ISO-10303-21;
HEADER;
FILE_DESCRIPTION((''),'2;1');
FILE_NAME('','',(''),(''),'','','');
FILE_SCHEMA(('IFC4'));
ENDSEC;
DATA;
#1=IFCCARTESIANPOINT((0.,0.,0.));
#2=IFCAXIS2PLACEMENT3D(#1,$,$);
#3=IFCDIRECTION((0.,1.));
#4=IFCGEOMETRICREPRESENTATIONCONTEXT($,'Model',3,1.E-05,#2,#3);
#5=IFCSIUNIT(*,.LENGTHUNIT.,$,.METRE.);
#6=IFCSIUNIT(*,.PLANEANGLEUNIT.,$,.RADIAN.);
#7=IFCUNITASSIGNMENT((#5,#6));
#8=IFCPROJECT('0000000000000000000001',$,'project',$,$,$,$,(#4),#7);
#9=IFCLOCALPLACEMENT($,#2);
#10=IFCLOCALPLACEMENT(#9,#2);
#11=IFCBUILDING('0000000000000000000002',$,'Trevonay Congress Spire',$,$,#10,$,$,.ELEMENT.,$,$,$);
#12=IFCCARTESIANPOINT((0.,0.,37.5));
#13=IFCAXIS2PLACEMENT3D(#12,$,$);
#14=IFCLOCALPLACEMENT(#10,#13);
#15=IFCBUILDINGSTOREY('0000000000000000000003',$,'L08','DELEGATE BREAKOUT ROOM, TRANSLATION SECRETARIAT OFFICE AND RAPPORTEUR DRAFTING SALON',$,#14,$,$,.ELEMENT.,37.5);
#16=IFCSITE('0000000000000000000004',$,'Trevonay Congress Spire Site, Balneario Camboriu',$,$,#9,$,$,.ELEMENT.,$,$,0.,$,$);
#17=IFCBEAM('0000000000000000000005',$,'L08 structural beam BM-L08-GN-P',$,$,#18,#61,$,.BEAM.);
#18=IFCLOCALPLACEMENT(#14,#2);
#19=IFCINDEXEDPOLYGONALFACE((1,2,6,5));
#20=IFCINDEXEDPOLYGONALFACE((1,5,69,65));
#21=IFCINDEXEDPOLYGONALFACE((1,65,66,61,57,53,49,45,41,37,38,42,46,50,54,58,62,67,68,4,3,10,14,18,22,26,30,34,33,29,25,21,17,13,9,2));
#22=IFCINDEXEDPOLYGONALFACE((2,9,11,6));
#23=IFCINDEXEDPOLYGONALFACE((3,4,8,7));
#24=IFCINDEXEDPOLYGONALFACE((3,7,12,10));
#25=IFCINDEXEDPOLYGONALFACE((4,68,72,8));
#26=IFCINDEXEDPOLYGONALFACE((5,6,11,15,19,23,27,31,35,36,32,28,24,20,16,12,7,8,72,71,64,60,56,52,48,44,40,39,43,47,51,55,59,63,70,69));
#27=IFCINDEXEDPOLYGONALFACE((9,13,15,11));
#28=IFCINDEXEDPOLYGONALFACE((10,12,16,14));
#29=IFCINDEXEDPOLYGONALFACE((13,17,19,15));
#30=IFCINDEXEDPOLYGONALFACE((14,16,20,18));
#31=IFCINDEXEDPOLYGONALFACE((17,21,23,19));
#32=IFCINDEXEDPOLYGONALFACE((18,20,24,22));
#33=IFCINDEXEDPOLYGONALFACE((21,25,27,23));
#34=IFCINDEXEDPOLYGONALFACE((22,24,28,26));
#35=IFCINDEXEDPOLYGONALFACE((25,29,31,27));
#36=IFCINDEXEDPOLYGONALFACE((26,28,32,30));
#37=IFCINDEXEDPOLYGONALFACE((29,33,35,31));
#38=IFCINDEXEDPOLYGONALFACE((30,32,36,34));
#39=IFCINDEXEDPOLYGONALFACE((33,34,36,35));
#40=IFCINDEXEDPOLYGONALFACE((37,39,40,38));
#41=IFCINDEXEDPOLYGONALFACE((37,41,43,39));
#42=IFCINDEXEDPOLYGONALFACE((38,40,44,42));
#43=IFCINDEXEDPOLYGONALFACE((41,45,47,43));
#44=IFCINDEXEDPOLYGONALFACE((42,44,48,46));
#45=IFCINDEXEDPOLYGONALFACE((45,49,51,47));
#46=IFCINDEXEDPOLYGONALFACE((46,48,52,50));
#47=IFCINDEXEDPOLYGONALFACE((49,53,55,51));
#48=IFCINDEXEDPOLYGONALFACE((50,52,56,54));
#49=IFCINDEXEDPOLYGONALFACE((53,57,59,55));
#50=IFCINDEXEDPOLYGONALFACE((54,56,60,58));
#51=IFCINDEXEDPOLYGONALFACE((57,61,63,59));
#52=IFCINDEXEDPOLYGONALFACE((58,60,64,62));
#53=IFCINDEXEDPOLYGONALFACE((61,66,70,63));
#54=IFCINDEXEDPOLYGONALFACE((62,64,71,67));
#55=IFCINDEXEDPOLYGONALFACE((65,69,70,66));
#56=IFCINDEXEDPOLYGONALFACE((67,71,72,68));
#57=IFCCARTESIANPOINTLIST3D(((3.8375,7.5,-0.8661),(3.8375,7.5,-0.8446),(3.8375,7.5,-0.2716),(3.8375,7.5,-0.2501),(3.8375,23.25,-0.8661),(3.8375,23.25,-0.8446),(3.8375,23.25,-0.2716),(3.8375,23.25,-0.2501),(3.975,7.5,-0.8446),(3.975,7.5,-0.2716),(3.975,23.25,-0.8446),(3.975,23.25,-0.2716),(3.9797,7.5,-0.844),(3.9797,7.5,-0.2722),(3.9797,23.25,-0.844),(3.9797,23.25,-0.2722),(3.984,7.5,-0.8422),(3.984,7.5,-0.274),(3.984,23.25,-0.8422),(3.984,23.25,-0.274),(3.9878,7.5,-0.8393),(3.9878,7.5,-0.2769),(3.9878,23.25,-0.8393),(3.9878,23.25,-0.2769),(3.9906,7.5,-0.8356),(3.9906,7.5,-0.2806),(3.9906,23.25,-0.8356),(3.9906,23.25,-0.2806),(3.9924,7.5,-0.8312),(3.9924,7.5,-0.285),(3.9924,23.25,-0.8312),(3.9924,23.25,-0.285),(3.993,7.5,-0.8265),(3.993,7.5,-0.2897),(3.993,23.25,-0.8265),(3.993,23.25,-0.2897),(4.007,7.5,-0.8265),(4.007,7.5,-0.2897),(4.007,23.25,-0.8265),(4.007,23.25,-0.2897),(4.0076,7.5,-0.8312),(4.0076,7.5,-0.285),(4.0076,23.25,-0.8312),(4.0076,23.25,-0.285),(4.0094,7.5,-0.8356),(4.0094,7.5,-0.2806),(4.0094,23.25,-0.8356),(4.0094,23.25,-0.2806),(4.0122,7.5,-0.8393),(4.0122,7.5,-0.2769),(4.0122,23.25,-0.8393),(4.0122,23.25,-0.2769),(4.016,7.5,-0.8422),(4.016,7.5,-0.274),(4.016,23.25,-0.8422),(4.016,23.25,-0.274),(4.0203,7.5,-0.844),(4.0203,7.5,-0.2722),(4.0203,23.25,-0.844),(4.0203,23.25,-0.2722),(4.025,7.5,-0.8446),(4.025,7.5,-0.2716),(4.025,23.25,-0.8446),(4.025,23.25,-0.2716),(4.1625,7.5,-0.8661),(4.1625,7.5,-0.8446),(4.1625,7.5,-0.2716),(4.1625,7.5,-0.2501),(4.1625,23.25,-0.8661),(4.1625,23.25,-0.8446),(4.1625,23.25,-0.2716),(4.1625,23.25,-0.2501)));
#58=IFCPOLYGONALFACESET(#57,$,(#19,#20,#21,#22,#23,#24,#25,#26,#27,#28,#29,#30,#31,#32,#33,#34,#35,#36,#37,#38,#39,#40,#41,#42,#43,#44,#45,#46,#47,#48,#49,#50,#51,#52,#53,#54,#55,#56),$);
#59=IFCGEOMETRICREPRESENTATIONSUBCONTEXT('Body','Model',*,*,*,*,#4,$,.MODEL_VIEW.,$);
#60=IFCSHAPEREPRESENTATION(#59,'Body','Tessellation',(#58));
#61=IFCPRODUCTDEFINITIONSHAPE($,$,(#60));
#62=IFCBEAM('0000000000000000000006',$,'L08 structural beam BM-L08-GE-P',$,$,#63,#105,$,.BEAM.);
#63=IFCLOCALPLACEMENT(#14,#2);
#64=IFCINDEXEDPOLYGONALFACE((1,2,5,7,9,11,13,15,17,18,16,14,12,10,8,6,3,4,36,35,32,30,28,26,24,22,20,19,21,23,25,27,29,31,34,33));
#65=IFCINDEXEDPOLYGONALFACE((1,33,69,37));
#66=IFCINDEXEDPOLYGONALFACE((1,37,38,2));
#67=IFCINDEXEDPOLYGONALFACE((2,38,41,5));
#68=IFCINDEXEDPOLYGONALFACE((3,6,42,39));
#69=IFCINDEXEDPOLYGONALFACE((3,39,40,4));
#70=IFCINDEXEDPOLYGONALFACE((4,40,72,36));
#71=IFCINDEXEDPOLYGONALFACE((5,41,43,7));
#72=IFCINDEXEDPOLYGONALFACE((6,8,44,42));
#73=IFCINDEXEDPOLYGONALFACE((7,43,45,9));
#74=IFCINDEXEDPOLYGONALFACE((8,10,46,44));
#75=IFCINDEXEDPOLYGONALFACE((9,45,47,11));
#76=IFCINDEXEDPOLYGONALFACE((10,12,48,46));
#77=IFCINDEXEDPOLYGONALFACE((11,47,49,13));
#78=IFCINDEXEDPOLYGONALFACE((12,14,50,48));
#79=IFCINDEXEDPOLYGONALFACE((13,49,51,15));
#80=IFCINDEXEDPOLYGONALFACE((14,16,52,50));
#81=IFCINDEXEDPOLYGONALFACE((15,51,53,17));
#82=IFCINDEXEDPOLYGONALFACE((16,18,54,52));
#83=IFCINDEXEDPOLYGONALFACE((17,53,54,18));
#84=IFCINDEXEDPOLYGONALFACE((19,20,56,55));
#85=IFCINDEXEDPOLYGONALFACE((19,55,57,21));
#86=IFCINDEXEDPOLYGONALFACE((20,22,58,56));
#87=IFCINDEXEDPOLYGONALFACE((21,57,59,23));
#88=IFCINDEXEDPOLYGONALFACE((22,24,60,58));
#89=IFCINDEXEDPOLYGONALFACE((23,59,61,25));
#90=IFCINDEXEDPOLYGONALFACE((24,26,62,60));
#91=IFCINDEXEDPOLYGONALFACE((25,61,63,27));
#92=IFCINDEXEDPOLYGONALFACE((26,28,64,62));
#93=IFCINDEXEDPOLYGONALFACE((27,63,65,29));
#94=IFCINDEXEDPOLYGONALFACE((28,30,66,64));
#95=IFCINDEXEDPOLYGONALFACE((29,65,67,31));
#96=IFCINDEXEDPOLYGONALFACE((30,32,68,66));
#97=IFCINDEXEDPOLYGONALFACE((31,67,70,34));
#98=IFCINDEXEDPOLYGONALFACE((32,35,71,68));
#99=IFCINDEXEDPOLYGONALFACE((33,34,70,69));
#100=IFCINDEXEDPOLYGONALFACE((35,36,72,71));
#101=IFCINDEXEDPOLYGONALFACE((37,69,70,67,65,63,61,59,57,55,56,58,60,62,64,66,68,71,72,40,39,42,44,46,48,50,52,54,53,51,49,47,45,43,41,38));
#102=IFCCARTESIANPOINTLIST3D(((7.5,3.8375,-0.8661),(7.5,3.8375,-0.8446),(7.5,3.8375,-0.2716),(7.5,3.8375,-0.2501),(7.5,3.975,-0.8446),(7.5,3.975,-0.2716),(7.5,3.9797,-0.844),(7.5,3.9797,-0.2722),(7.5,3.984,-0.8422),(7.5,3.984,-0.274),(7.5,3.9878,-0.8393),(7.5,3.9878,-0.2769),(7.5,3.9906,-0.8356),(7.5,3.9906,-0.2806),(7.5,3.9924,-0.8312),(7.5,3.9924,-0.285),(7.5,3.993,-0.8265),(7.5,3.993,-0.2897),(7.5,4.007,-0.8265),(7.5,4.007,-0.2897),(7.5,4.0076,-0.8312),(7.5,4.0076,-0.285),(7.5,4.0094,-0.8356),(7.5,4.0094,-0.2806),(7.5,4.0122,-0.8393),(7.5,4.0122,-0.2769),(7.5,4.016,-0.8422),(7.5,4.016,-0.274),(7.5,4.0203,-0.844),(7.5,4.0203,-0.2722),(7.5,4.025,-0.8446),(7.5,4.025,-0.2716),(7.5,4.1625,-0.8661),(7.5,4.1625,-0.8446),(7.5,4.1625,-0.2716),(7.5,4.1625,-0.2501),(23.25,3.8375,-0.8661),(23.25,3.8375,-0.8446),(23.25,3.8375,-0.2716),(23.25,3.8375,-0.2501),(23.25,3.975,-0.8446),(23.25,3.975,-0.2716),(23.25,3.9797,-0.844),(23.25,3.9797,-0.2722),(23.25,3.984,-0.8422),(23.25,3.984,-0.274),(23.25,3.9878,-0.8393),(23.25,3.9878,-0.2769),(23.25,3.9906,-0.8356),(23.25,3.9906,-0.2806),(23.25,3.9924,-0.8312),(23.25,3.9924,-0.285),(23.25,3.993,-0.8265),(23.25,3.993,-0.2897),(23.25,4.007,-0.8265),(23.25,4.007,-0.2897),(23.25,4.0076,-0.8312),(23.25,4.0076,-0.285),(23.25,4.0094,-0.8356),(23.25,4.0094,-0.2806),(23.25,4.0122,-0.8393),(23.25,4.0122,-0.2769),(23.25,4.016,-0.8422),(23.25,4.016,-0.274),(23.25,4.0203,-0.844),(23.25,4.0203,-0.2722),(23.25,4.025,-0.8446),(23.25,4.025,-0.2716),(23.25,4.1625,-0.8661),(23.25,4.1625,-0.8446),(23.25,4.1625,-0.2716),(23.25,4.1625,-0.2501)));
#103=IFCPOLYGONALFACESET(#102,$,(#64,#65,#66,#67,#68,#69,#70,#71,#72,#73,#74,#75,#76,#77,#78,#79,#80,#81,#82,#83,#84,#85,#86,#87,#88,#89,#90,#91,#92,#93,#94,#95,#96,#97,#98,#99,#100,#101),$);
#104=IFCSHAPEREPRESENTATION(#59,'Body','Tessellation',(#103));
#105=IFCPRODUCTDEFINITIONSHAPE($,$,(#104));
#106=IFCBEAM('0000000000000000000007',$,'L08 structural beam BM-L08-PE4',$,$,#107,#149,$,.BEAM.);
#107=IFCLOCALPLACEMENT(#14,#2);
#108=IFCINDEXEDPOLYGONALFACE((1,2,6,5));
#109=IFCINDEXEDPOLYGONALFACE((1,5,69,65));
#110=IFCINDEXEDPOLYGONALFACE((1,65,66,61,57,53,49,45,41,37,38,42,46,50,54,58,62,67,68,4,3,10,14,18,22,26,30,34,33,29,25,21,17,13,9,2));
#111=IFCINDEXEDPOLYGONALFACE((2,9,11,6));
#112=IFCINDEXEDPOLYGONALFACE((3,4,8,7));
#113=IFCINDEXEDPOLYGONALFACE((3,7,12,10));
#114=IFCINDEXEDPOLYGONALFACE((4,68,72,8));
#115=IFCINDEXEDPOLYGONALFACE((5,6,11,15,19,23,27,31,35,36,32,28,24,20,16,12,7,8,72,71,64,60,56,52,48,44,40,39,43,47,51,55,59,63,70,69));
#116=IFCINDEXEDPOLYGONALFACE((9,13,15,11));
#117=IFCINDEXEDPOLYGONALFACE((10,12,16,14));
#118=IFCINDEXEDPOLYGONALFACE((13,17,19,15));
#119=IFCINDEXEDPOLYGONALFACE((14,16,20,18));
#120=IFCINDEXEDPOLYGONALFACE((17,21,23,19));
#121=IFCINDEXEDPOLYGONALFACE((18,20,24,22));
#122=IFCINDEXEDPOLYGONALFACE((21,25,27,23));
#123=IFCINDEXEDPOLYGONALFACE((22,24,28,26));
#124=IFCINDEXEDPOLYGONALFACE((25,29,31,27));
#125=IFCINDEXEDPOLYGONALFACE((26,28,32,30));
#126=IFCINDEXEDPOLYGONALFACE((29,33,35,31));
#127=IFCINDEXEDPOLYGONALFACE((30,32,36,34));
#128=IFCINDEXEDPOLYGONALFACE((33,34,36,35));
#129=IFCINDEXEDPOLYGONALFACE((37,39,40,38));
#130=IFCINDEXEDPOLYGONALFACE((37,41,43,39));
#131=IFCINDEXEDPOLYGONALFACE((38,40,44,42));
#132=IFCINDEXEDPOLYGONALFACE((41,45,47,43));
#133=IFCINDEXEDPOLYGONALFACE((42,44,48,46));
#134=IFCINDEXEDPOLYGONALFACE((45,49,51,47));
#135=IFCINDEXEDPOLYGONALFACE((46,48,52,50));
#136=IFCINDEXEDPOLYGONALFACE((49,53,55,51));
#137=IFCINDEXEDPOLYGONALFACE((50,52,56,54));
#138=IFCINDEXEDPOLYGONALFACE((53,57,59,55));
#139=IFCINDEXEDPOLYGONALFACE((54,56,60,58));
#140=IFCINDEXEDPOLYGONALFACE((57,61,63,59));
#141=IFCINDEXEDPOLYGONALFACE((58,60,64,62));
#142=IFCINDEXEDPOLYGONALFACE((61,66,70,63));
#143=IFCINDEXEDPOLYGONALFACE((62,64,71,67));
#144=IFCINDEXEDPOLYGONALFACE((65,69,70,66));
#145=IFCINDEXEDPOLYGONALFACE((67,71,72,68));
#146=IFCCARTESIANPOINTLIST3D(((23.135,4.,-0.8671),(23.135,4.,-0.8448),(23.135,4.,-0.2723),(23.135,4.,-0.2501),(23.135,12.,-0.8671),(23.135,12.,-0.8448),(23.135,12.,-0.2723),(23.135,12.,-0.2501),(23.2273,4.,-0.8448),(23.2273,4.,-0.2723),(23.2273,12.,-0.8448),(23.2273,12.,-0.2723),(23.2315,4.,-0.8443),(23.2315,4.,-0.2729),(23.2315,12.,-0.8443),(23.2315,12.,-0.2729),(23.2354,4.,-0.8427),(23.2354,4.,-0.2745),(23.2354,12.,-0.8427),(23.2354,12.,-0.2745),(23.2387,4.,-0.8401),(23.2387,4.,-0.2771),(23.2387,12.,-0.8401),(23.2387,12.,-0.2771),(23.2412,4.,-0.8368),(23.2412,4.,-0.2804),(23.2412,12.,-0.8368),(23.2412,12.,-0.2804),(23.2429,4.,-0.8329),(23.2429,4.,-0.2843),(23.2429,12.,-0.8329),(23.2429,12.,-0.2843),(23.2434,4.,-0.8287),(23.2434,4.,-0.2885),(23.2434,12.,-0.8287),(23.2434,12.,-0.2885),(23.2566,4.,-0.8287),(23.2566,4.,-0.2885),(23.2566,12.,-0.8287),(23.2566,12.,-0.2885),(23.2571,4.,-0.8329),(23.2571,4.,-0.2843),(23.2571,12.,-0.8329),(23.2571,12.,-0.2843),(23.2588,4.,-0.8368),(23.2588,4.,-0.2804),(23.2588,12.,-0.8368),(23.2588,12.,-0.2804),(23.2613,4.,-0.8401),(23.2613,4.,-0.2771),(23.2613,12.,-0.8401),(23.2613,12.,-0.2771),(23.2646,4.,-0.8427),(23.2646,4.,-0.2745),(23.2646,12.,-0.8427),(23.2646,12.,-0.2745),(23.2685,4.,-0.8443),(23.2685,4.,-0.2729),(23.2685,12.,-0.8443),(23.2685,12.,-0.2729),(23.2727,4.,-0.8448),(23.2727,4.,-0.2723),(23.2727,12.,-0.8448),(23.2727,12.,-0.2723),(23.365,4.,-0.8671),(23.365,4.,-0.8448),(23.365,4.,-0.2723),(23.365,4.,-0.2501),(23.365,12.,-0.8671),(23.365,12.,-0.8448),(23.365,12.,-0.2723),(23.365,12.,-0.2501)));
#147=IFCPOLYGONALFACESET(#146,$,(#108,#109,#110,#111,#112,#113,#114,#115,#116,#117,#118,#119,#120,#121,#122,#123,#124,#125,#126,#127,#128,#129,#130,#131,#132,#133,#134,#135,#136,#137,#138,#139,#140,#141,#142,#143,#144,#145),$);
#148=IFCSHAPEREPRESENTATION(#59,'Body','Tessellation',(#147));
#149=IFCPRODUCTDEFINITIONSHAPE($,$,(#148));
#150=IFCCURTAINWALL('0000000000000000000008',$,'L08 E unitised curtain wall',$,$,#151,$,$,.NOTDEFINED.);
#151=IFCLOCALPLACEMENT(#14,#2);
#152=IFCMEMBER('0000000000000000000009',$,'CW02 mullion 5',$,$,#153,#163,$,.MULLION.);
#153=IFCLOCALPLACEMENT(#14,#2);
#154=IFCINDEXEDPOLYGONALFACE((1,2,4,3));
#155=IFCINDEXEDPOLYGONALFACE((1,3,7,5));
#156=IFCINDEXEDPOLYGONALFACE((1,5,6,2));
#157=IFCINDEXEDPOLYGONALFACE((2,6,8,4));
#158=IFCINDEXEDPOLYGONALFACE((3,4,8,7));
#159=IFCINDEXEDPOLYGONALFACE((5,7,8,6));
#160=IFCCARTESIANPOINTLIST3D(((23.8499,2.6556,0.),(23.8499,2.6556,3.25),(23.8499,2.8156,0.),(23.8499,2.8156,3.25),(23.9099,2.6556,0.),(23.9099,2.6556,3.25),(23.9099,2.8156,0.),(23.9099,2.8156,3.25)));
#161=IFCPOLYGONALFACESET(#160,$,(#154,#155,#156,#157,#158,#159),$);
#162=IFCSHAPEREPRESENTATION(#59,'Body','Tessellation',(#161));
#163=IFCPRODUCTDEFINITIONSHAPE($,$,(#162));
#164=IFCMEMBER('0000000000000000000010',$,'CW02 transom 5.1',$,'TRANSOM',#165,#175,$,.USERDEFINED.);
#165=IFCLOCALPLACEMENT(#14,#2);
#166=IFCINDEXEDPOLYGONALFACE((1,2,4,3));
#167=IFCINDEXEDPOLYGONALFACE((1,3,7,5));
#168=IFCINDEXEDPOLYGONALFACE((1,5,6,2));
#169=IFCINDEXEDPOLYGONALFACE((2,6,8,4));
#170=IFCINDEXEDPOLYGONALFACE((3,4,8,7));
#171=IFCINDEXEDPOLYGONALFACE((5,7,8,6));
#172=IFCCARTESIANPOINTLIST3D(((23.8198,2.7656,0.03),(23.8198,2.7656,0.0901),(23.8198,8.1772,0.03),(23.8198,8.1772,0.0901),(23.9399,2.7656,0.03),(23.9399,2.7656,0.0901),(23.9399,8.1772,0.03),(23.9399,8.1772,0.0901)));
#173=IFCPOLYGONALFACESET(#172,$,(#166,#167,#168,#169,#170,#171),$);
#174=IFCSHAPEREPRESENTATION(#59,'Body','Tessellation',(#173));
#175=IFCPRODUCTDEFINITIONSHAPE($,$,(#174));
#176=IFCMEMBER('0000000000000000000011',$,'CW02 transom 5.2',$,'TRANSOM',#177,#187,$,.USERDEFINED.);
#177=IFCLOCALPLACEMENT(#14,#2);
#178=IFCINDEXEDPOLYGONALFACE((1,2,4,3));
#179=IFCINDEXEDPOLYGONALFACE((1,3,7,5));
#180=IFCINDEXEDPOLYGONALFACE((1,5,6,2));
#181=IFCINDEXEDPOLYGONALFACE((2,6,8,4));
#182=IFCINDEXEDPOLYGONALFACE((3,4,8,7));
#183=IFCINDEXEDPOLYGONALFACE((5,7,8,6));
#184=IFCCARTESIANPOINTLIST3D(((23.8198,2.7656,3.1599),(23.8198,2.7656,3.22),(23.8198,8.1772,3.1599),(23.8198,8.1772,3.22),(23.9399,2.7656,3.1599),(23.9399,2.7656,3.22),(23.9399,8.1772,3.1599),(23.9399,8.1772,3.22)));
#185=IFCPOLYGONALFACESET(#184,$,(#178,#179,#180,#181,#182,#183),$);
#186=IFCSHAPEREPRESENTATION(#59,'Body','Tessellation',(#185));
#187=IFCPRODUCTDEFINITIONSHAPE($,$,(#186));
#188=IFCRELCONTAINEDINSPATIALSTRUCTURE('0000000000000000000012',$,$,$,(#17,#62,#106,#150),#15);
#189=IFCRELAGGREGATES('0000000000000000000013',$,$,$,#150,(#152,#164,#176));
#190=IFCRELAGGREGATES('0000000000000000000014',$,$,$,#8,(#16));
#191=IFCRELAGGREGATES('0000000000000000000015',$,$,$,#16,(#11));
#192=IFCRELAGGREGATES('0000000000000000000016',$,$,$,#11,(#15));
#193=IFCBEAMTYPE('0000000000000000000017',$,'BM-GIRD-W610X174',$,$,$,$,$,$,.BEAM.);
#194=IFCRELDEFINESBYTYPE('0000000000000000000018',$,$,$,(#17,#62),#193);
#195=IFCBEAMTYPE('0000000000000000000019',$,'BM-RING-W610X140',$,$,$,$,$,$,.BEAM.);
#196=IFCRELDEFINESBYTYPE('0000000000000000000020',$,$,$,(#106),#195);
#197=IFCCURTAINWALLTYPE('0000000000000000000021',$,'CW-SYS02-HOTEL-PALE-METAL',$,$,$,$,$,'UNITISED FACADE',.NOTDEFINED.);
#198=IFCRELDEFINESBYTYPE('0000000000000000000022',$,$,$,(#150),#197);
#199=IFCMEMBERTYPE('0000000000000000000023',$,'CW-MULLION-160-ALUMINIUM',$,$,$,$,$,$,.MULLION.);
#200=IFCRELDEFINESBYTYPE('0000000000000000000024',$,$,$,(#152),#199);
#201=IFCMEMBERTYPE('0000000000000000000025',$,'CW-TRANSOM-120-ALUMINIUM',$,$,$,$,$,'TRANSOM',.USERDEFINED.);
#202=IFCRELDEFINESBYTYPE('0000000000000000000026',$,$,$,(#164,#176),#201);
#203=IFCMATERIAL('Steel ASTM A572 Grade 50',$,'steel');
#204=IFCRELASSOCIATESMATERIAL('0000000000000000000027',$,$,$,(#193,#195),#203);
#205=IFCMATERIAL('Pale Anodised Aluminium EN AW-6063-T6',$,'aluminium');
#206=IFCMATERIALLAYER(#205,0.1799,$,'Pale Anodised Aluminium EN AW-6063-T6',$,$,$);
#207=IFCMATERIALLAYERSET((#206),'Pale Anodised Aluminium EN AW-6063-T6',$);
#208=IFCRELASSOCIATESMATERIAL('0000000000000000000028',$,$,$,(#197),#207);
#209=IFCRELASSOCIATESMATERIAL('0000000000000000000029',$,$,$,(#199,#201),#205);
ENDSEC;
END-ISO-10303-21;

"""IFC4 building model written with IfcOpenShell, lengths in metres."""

from ifc_helpers import new_model, si_unit, direction, frame, origin, origin_2d, place, context, subcontext, project, spatial, rectangle, i_section, extrude, material, layer, layer_set, material_profile, profile_set, type_object, element, aggregate, save


model = new_model("IFC4")

# Units and contexts
model_context = context("Model", 3, precision=1e-05, world=origin(), true_north=direction((0.0, 1.0)))
body_context = subcontext(model_context, "Body", "Model", "MODEL_VIEW")
ifc_project = project(units=[si_unit("LENGTHUNIT", "METRE"), si_unit("PLANEANGLEUNIT", "RADIAN")], contexts=[model_context])

# Site, building, storey
site_placement = place(None, origin())
site = spatial("IfcSite", under=ifc_project, at=site_placement, Name="Trevonay Congress Spire Site, Balneario Camboriu", CompositionType="ELEMENT", RefElevation=0.0)
building_placement = place(site_placement, origin())
building = spatial("IfcBuilding", under=site, at=building_placement, Name="Trevonay Congress Spire", CompositionType="ELEMENT")
storey_placement = place(building_placement, frame((0.0, 0.0, 37.5)))
storey = spatial("IfcBuildingStorey", under=building, at=storey_placement, Name="L08", Description="DELEGATE BREAKOUT ROOM, TRANSLATION SECRETARIAT OFFICE AND RAPPORTEUR DRAFTING SALON", CompositionType="ELEMENT", Elevation=37.5)

# Shared definitions
ifc_material_1 = material(Name="Steel ASTM A572 Grade 50", Category="steel")

# Beams
ifc_material_profile_1 = material_profile(ifc_material_1, i_section(OverallWidth=0.325, OverallDepth=0.616, WebThickness=0.0139, FlangeThickness=0.0215, FilletRadius=0.0181, at=origin_2d()), Name="W610x174")
ifc_profile_set_1 = profile_set([ifc_material_profile_1], Name="Steel ASTM A572 Grade 50")
beam_type_1 = type_object("IfcBeamType", Name="BM-GIRD-W610X174", PredefinedType="BEAM", material=ifc_profile_set_1)
for number, where, z_axis, x_axis, name in (
    (1, (4.0, 7.5, -0.5581), (0.0, 1.0, 0.0), (-1.0, 0.0, 0.0), "L08 structural beam BM-L08-GN-P"),
    (2, (7.5, 4.0, -0.5581), (1.0, 0.0, 0.0), (0.0, 1.0, 0.0), "L08 structural beam BM-L08-GE-P"),
):
    element("IfcBeam", number, at=place(storey_placement, frame(where, z_axis=z_axis, x_axis=x_axis)), inside=storey, type_object=beam_type_1, Name=name, PredefinedType="BEAM", context=body_context, shape_type="SweptSolid", body=[
        extrude(i_section(OverallWidth=0.325, OverallDepth=0.616, WebThickness=0.0139, FlangeThickness=0.0215, FilletRadius=0.0181, at=origin_2d()), origin(), (0.0, 0.0, 1.0), 15.75),
    ])
ifc_material_profile_2 = material_profile(ifc_material_1, i_section(OverallWidth=0.23, OverallDepth=0.6169, WebThickness=0.0132, FlangeThickness=0.0222, FilletRadius=0.0161, at=origin_2d()), Name="W610x140")
ifc_profile_set_2 = profile_set([ifc_material_profile_2], Name="Steel ASTM A572 Grade 50")
beam_type_2 = type_object("IfcBeamType", Name="BM-RING-W610X140", PredefinedType="BEAM", material=ifc_profile_set_2)
beam_1_placement = place(storey_placement, frame((23.25, 4.0, -0.5586), z_axis=(0.0, 1.0, 0.0), x_axis=(-1.0, 0.0, 0.0)))
element("IfcBeam", 3, at=beam_1_placement, inside=storey, type_object=beam_type_2, Name="L08 structural beam BM-L08-PE4", PredefinedType="BEAM", context=body_context, shape_type="SweptSolid", body=[
    extrude(i_section(OverallWidth=0.23, OverallDepth=0.6169, WebThickness=0.0132, FlangeThickness=0.0222, FilletRadius=0.0161, at=origin_2d()), origin(), (0.0, 0.0, 1.0), 8.0),
])

# Curtain wall, members
ifc_material_2 = material(Name="Pale Anodised Aluminium EN AW-6063-T6", Category="aluminium")
ifc_layer_1 = layer(ifc_material_2, 0.1799, Name="Pale Anodised Aluminium EN AW-6063-T6")
ifc_layer_set_1 = layer_set([ifc_layer_1], Name="Pale Anodised Aluminium EN AW-6063-T6")
curtain_wall_type = type_object("IfcCurtainWallType", Name="CW-SYS02-HOTEL-PALE-METAL", ElementType="UNITISED FACADE", PredefinedType="NOTDEFINED", material=ifc_layer_set_1)
curtain_wall_placement = place(storey_placement, origin())
curtain_wall = element("IfcCurtainWall", 4, at=curtain_wall_placement, inside=storey, type_object=curtain_wall_type, Name="L08 E unitised curtain wall", PredefinedType="NOTDEFINED")
ifc_material_profile_3 = material_profile(ifc_material_2, rectangle(XDim=0.0601, YDim=0.1599, at=origin_2d()), Name="CW-MULLION-160-ALUMINIUM")
ifc_profile_set_3 = profile_set([ifc_material_profile_3], Name="Pale Anodised Aluminium EN AW-6063-T6")
member_type_1 = type_object("IfcMemberType", Name="CW-MULLION-160-ALUMINIUM", PredefinedType="MULLION", material=ifc_profile_set_3)
member_1_placement = place(storey_placement, frame((23.8799, 2.7356, 0.0), z_axis=(0.0, 0.0, 1.0), x_axis=(-1.0, 0.0, 0.0)))
member_1 = element("IfcMember", 5, at=member_1_placement, type_object=member_type_1, Name="CW02 mullion 5", PredefinedType="MULLION", context=body_context, shape_type="SweptSolid", body=[
    extrude(rectangle(XDim=0.0601, YDim=0.1599, at=origin_2d()), origin(), (0.0, 0.0, 1.0), 3.25),
])
ifc_material_profile_4 = material_profile(ifc_material_2, rectangle(XDim=0.1201, YDim=0.0601, at=origin_2d()), Name="CW-TRANSOM-120-ALUMINIUM")
ifc_profile_set_4 = profile_set([ifc_material_profile_4], Name="Pale Anodised Aluminium EN AW-6063-T6")
member_type_2 = type_object("IfcMemberType", Name="CW-TRANSOM-120-ALUMINIUM", ElementType="TRANSOM", PredefinedType="USERDEFINED", material=ifc_profile_set_4)
member_2_placement = place(storey_placement, frame((23.8799, 2.7656, 0.0601), z_axis=(0.0, 1.0, 0.0), x_axis=(-1.0, 0.0, 0.0)))
member_2 = element("IfcMember", 6, at=member_2_placement, type_object=member_type_2, Name="CW02 transom 5.1", ObjectType="TRANSOM", PredefinedType="USERDEFINED", context=body_context, shape_type="SweptSolid", body=[
    extrude(rectangle(XDim=0.1201, YDim=0.0601, at=origin_2d()), origin(), (0.0, 0.0, 1.0), 5.4116),
])
member_3_placement = place(storey_placement, frame((23.8799, 2.7656, 3.1899), z_axis=(0.0, 1.0, 0.0), x_axis=(-1.0, 0.0, 0.0)))
member_3 = element("IfcMember", 7, at=member_3_placement, type_object=member_type_2, Name="CW02 transom 5.2", ObjectType="TRANSOM", PredefinedType="USERDEFINED", context=body_context, shape_type="SweptSolid", body=[
    extrude(rectangle(XDim=0.1201, YDim=0.0601, at=origin_2d()), origin(), (0.0, 0.0, 1.0), 5.4116),
])
aggregate(curtain_wall, [member_1, member_2, member_3])

save(model, "model.ifc")
